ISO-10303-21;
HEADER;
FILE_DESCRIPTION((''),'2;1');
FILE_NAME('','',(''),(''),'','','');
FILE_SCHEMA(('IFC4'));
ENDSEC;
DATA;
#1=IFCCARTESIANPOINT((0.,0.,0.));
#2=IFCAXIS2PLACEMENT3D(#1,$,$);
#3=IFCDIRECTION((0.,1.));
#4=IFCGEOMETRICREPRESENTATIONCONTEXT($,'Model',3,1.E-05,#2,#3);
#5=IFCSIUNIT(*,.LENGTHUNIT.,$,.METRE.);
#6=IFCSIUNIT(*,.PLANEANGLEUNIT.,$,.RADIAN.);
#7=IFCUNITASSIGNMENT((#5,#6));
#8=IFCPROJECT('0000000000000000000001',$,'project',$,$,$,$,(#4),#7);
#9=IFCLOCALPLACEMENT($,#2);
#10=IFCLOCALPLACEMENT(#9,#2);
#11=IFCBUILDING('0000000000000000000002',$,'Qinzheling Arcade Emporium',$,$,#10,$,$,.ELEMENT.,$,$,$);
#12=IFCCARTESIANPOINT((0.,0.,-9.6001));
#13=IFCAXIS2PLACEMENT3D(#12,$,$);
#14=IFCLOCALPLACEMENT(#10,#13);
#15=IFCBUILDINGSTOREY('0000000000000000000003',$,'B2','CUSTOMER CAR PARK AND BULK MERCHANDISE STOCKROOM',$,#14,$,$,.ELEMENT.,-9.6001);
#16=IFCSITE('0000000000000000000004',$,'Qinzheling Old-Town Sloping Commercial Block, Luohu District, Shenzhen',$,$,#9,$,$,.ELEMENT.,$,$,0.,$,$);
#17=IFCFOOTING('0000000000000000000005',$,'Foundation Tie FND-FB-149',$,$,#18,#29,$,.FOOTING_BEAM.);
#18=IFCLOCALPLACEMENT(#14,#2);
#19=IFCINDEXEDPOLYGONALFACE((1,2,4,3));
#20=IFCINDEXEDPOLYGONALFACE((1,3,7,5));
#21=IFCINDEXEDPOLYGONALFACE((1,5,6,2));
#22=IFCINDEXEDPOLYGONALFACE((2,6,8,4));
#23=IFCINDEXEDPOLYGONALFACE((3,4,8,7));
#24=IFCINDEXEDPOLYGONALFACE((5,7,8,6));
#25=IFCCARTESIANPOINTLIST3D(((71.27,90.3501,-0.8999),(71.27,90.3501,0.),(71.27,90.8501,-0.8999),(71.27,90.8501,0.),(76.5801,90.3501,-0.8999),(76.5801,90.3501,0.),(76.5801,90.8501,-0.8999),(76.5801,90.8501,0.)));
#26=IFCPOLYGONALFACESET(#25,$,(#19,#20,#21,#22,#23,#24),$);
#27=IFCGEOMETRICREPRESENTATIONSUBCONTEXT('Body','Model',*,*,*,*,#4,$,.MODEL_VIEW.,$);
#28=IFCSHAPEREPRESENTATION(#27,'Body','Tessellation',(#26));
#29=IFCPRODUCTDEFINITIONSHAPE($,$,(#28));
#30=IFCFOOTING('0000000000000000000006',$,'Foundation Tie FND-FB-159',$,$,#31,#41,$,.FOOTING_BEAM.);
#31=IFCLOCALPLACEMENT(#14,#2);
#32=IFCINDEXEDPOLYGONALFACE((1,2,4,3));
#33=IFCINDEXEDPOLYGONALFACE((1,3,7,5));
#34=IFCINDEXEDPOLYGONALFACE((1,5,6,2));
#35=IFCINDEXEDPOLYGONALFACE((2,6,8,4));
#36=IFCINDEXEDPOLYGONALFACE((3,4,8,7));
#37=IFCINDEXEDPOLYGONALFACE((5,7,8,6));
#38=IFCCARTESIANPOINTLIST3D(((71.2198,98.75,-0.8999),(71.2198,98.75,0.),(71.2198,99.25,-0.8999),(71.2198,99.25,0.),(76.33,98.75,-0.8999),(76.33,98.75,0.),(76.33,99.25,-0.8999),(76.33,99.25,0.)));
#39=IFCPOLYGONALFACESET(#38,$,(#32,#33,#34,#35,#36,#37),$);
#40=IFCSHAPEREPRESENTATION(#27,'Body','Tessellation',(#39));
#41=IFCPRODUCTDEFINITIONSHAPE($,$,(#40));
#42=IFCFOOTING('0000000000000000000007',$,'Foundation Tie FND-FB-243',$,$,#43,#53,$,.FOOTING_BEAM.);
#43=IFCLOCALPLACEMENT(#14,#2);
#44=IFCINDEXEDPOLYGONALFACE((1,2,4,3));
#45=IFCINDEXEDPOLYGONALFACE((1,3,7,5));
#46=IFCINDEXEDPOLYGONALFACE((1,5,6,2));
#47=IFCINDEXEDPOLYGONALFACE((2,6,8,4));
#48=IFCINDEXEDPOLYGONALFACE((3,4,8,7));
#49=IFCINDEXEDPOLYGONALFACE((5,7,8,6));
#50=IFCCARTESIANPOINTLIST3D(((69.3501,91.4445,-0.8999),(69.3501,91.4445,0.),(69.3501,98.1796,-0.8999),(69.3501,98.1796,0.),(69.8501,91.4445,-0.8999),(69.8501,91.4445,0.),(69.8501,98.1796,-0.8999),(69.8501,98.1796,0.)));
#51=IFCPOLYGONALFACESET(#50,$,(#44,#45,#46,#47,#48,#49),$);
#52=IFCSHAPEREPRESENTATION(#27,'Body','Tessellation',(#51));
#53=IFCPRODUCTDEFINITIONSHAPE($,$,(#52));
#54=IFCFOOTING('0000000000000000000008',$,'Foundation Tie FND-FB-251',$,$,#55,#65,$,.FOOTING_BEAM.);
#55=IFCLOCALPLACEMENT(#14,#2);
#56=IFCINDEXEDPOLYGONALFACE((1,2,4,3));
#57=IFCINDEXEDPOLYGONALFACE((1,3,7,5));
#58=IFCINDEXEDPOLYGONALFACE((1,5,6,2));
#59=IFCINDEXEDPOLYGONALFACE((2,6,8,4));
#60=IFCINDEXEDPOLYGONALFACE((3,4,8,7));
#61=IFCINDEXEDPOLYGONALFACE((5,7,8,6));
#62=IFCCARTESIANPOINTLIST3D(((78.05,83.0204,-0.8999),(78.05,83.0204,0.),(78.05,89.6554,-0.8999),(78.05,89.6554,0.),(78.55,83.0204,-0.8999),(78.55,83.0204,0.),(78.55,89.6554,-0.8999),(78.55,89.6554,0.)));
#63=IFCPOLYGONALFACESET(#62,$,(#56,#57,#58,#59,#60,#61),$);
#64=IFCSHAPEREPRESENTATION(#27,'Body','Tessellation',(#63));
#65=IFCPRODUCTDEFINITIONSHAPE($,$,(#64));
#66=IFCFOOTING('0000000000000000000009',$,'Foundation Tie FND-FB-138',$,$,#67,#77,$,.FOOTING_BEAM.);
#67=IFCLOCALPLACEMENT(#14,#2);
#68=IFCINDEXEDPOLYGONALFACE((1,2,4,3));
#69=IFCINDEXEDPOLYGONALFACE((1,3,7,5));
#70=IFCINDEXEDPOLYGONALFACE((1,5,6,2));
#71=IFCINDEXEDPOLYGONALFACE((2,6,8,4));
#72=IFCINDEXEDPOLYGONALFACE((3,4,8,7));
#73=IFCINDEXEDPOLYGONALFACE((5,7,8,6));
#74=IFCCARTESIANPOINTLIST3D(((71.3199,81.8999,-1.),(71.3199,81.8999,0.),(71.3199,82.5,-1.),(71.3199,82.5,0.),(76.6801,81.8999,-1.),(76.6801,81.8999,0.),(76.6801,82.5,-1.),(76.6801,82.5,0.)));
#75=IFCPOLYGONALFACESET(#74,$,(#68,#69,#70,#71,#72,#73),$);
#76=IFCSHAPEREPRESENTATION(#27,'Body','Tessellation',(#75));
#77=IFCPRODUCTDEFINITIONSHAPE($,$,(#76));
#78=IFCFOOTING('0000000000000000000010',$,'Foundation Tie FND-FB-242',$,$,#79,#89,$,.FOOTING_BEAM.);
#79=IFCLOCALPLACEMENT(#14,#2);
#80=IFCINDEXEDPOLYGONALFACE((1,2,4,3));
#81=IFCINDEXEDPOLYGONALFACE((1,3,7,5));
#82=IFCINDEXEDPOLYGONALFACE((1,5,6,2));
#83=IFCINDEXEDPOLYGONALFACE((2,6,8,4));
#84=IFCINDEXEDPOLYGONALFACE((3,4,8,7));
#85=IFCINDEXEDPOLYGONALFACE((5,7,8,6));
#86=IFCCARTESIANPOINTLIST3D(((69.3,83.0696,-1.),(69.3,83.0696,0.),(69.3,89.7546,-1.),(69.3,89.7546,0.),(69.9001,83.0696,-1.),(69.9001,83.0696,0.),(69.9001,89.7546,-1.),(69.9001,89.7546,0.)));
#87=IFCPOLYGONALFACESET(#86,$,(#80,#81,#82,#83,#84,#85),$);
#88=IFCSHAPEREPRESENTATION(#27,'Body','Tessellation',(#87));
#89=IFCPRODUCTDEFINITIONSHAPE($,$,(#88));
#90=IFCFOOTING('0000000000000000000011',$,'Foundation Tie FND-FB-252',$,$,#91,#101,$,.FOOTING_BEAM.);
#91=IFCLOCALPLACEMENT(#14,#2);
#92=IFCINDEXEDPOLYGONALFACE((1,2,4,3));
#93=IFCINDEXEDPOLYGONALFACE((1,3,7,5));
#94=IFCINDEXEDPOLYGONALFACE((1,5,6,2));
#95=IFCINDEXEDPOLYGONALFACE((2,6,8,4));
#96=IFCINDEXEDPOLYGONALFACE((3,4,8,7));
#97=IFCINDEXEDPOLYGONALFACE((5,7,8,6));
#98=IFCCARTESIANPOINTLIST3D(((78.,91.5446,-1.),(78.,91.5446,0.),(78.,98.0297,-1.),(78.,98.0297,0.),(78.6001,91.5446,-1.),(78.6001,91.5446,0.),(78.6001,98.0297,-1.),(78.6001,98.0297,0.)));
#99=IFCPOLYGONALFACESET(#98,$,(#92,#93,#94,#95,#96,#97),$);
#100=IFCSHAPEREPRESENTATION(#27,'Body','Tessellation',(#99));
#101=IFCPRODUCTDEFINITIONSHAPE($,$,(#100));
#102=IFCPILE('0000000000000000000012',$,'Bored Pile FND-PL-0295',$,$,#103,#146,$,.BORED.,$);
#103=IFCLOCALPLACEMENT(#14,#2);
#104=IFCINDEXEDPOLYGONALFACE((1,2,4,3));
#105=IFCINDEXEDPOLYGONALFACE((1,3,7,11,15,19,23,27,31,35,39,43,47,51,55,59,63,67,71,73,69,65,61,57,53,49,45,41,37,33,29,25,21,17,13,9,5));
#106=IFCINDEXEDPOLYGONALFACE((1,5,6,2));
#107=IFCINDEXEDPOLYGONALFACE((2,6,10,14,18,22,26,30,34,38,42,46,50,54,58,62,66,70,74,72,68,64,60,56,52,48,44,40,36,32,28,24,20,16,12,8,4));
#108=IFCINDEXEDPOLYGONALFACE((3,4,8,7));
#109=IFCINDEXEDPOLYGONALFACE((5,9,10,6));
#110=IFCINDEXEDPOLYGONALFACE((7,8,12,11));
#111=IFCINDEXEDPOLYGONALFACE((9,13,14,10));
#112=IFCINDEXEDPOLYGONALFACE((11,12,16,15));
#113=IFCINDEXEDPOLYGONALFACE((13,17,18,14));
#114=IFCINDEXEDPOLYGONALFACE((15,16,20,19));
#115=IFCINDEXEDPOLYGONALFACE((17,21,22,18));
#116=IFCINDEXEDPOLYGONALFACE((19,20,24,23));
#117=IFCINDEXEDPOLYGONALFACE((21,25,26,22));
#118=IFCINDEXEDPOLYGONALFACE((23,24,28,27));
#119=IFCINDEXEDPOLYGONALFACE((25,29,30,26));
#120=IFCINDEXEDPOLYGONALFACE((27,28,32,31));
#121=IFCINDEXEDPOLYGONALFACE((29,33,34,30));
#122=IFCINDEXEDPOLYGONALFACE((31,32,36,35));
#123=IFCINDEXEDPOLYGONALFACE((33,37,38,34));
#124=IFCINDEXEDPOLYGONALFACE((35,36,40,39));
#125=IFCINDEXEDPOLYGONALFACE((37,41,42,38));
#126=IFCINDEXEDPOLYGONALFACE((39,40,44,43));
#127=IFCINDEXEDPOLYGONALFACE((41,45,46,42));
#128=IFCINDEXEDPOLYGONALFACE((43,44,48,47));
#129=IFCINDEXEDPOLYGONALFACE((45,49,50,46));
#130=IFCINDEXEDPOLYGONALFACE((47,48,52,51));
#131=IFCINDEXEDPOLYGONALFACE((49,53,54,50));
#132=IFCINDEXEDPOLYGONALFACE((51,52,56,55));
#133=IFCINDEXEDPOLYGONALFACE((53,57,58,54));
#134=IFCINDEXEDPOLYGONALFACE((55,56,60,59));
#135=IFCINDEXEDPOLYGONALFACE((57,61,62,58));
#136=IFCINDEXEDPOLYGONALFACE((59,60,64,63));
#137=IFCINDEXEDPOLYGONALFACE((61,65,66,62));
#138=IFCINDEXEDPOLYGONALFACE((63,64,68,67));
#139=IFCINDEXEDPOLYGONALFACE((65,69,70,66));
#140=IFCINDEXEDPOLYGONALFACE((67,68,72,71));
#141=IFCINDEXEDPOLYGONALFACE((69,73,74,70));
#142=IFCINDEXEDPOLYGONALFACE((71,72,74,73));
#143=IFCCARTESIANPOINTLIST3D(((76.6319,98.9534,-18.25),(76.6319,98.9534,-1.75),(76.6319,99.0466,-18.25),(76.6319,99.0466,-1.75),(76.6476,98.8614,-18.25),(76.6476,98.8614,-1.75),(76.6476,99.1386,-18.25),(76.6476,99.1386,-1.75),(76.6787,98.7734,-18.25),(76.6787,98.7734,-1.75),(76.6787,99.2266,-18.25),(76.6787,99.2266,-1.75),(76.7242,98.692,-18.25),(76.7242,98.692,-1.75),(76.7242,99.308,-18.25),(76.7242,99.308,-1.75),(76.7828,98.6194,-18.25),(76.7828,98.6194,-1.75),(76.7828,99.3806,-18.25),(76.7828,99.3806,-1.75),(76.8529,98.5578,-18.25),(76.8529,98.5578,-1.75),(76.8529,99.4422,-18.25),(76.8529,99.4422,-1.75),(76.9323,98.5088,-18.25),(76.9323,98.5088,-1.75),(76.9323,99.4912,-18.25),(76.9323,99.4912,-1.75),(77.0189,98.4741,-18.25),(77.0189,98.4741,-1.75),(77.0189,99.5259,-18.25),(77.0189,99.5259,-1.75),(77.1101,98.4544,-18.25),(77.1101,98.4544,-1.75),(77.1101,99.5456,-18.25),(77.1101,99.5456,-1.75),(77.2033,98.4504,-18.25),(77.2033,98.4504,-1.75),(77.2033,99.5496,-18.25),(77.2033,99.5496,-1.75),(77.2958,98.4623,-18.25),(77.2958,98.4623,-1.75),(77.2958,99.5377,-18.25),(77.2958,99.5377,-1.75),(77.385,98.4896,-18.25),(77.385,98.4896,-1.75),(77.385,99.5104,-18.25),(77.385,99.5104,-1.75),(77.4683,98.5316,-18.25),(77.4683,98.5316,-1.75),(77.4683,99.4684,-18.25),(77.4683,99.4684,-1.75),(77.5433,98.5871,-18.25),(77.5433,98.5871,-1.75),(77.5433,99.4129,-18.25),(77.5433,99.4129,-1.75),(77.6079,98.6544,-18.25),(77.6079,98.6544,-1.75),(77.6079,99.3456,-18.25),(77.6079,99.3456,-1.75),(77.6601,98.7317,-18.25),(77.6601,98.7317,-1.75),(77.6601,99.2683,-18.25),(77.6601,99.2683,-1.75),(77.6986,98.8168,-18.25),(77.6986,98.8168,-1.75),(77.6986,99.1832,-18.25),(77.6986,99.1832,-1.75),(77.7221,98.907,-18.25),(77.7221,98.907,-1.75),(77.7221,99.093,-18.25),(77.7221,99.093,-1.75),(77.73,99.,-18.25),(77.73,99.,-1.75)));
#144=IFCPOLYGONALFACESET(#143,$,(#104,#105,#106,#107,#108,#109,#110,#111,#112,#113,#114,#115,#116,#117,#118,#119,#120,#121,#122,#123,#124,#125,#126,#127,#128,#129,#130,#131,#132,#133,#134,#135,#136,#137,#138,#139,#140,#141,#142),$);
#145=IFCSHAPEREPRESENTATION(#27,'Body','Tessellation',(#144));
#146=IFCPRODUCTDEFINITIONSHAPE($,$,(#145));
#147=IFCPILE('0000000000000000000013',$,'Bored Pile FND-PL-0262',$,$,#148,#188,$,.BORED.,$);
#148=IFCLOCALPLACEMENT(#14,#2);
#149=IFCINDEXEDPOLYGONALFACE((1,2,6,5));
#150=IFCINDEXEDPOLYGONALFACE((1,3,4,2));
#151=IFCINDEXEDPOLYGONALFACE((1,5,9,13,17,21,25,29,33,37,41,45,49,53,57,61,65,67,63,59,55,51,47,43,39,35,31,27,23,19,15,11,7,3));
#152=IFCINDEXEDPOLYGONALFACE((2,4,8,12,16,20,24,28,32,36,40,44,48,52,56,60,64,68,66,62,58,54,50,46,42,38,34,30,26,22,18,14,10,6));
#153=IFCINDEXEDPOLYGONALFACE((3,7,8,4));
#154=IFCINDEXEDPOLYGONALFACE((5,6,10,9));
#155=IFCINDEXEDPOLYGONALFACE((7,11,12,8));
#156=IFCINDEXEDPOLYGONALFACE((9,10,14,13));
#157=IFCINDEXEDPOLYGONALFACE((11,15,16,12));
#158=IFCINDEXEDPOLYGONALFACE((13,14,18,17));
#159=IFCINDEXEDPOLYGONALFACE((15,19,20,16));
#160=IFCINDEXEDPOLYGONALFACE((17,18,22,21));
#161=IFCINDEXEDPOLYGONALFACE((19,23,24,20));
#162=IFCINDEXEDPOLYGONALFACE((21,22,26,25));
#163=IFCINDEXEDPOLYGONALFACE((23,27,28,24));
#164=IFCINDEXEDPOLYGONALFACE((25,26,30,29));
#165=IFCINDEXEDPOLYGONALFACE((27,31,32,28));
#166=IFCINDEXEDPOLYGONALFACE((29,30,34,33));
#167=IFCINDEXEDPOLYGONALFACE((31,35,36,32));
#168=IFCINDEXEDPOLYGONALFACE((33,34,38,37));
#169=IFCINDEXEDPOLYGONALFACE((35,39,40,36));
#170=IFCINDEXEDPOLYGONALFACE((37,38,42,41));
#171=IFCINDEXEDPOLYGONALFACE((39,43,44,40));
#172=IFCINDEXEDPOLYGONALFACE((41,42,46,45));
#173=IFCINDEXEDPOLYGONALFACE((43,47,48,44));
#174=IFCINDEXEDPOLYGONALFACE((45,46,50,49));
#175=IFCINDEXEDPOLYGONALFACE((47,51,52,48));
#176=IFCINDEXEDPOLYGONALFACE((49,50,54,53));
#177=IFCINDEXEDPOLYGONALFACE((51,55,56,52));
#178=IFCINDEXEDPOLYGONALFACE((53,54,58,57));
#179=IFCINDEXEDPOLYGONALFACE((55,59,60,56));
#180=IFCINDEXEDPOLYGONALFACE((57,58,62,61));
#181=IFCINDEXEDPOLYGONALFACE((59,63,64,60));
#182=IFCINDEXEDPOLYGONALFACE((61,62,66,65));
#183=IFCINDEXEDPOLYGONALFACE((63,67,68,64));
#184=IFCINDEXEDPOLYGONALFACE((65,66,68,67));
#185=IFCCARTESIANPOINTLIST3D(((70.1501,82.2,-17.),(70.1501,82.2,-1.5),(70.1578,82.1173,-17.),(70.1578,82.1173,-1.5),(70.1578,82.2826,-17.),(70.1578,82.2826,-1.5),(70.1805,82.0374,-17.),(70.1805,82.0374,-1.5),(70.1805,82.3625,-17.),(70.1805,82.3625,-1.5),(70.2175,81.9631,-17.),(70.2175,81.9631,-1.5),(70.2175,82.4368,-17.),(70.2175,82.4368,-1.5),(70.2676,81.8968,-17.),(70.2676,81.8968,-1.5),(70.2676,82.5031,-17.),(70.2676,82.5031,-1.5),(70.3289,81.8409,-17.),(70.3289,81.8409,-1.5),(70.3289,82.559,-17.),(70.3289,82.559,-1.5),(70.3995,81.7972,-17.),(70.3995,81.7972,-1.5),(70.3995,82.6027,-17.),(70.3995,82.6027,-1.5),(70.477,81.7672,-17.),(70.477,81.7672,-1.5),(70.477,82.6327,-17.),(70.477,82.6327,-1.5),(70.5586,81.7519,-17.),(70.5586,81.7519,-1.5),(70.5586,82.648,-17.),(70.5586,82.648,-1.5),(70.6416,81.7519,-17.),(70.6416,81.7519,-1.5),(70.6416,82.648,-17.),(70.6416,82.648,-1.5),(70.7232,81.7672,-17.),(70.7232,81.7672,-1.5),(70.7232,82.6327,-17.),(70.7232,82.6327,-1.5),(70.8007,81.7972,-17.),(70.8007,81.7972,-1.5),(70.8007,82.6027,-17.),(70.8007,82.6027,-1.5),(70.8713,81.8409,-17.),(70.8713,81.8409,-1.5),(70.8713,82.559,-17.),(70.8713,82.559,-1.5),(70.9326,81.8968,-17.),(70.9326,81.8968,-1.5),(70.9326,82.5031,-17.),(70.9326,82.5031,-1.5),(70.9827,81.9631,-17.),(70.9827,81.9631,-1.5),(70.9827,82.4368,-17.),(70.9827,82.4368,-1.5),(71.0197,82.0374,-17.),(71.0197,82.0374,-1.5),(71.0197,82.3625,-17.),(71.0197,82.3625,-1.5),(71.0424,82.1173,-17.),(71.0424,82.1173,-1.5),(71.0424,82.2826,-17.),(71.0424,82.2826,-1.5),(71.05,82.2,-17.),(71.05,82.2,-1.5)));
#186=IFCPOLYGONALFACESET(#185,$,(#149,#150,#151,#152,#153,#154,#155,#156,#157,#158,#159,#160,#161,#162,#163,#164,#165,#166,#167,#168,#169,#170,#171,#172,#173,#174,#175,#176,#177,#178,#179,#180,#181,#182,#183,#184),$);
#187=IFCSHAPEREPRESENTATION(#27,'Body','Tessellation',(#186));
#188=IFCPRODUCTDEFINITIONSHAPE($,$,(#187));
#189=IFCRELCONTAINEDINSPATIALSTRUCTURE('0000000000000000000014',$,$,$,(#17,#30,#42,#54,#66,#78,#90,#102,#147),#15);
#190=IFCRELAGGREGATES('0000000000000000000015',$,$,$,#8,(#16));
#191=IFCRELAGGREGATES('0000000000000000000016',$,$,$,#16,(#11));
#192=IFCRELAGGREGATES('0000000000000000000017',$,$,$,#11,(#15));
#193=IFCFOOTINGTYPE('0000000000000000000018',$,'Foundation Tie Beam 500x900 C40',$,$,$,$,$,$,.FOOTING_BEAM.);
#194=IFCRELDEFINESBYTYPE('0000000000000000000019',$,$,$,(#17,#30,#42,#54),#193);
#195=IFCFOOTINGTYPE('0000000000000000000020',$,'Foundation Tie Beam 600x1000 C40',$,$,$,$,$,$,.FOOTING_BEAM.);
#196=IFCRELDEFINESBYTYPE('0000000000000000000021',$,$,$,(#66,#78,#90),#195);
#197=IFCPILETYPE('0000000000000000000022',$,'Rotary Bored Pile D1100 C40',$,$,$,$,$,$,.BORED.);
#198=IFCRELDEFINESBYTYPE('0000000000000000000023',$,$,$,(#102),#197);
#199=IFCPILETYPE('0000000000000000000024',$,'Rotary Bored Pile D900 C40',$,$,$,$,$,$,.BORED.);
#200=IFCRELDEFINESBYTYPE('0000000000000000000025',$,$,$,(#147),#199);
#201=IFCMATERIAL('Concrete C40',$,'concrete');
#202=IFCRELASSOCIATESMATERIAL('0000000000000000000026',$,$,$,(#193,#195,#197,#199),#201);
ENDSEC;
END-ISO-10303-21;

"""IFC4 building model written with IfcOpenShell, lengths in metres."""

from ifc_helpers import new_model, si_unit, direction, frame, origin, origin_2d, place, context, subcontext, project, spatial, rectangle, circle, extrude, material, material_profile, profile_set, type_object, element, save


model = new_model("IFC4")

# Units and contexts
model_context = context("Model", 3, precision=1e-05, world=origin(), true_north=direction((0.0, 1.0)))
body_context = subcontext(model_context, "Body", "Model", "MODEL_VIEW")
ifc_project = project(units=[si_unit("LENGTHUNIT", "METRE"), si_unit("PLANEANGLEUNIT", "RADIAN")], contexts=[model_context])

# Site, building, storey
site_placement = place(None, origin())
site = spatial("IfcSite", under=ifc_project, at=site_placement, Name="Qinzheling Old-Town Sloping Commercial Block, Luohu District, Shenzhen", CompositionType="ELEMENT", RefElevation=0.0)
building_placement = place(site_placement, origin())
building = spatial("IfcBuilding", under=site, at=building_placement, Name="Qinzheling Arcade Emporium", CompositionType="ELEMENT")
storey_placement = place(building_placement, frame((0.0, 0.0, -9.6001)))
storey = spatial("IfcBuildingStorey", under=building, at=storey_placement, Name="B2", Description="CUSTOMER CAR PARK AND BULK MERCHANDISE STOCKROOM", CompositionType="ELEMENT", Elevation=-9.6001)

# Footings
ifc_material_1 = material(Name="Concrete C40", Category="concrete")
footing_type_1 = type_object("IfcFootingType", Name="Foundation Tie Beam 500x900 C40", PredefinedType="FOOTING_BEAM", material=ifc_material_1)
footing_1_placement = place(storey_placement, frame((73.925, 90.6001, -0.8999), z_axis=(0.0, 0.0, 1.0), x_axis=(1.0, 0.0, 0.0)))
element("IfcFooting", 1, at=footing_1_placement, inside=storey, type_object=footing_type_1, Name="Foundation Tie FND-FB-149", PredefinedType="FOOTING_BEAM", context=body_context, shape_type="SweptSolid", body=[
    extrude(rectangle(XDim=5.3101, YDim=0.5, at=origin_2d()), origin(), (0.0, 0.0, 1.0), 0.8999),
])
footing_2_placement = place(storey_placement, frame((73.7749, 99.0, -0.8999), z_axis=(0.0, 0.0, 1.0), x_axis=(1.0, 0.0, 0.0)))
element("IfcFooting", 2, at=footing_2_placement, inside=storey, type_object=footing_type_1, Name="Foundation Tie FND-FB-159", PredefinedType="FOOTING_BEAM", context=body_context, shape_type="SweptSolid", body=[
    extrude(rectangle(XDim=5.1101, YDim=0.5, at=origin_2d()), origin(), (0.0, 0.0, 1.0), 0.8999),
])
footing_3_placement = place(storey_placement, frame((69.6001, 94.812, -0.8999), z_axis=(0.0, 0.0, 1.0), x_axis=(1.0, 0.0, 0.0)))
element("IfcFooting", 3, at=footing_3_placement, inside=storey, type_object=footing_type_1, Name="Foundation Tie FND-FB-243", PredefinedType="FOOTING_BEAM", context=body_context, shape_type="SweptSolid", body=[
    extrude(rectangle(XDim=0.5, YDim=6.7351, at=origin_2d()), origin(), (0.0, 0.0, 1.0), 0.8999),
])
footing_4_placement = place(storey_placement, frame((78.3, 86.3379, -0.8999), z_axis=(0.0, 0.0, 1.0), x_axis=(1.0, 0.0, 0.0)))
element("IfcFooting", 4, at=footing_4_placement, inside=storey, type_object=footing_type_1, Name="Foundation Tie FND-FB-251", PredefinedType="FOOTING_BEAM", context=body_context, shape_type="SweptSolid", body=[
    extrude(rectangle(XDim=0.5, YDim=6.635, at=origin_2d()), origin(), (0.0, 0.0, 1.0), 0.8999),
])
footing_type_2 = type_object("IfcFootingType", Name="Foundation Tie Beam 600x1000 C40", PredefinedType="FOOTING_BEAM", material=ifc_material_1)
footing_5_placement = place(storey_placement, frame((74.0, 82.2, -1.0), z_axis=(0.0, 0.0, 1.0), x_axis=(1.0, 0.0, 0.0)))
element("IfcFooting", 5, at=footing_5_placement, inside=storey, type_object=footing_type_2, Name="Foundation Tie FND-FB-138", PredefinedType="FOOTING_BEAM", context=body_context, shape_type="SweptSolid", body=[
    extrude(rectangle(XDim=5.3601, YDim=0.6001, at=origin_2d()), origin(), (0.0, 0.0, 1.0), 1.0),
])
footing_6_placement = place(storey_placement, frame((69.6001, 86.4121, -1.0), z_axis=(0.0, 0.0, 1.0), x_axis=(1.0, 0.0, 0.0)))
element("IfcFooting", 6, at=footing_6_placement, inside=storey, type_object=footing_type_2, Name="Foundation Tie FND-FB-242", PredefinedType="FOOTING_BEAM", context=body_context, shape_type="SweptSolid", body=[
    extrude(rectangle(XDim=0.6001, YDim=6.6851, at=origin_2d()), origin(), (0.0, 0.0, 1.0), 1.0),
])
footing_7_placement = place(storey_placement, frame((78.3, 94.7871, -1.0), z_axis=(0.0, 0.0, 1.0), x_axis=(1.0, 0.0, 0.0)))
element("IfcFooting", 7, at=footing_7_placement, inside=storey, type_object=footing_type_2, Name="Foundation Tie FND-FB-252", PredefinedType="FOOTING_BEAM", context=body_context, shape_type="SweptSolid", body=[
    extrude(rectangle(XDim=0.6001, YDim=6.4851, at=origin_2d()), origin(), (0.0, 0.0, 1.0), 1.0),
])

# Piles
ifc_material_profile_1 = material_profile(ifc_material_1, circle(Radius=0.55, at=origin_2d()), Name="BORED D1100", Category="concrete")
ifc_profile_set_1 = profile_set([ifc_material_profile_1], Name="Concrete C40")
pile_type_1 = type_object("IfcPileType", Name="Rotary Bored Pile D1100 C40", PredefinedType="BORED", material=ifc_profile_set_1)
pile_1_placement = place(storey_placement, frame((77.1799, 99.0, -1.75), z_axis=(0.0, 0.0, -1.0), x_axis=(1.0, 0.0, 0.0)))
element("IfcPile", 8, at=pile_1_placement, inside=storey, type_object=pile_type_1, Name="Bored Pile FND-PL-0295", PredefinedType="BORED", context=body_context, shape_type="SweptSolid", body=[
    extrude(circle(Radius=0.55, at=origin_2d()), origin(), (0.0, 0.0, 1.0), 16.5),
])
ifc_material_profile_2 = material_profile(ifc_material_1, circle(Radius=0.45, at=origin_2d()), Name="BORED D900", Category="concrete")
ifc_profile_set_2 = profile_set([ifc_material_profile_2], Name="Concrete C40")
pile_type_2 = type_object("IfcPileType", Name="Rotary Bored Pile D900 C40", PredefinedType="BORED", material=ifc_profile_set_2)
pile_2_placement = place(storey_placement, frame((70.6001, 82.2, -1.5), z_axis=(0.0, 0.0, -1.0), x_axis=(1.0, 0.0, 0.0)))
element("IfcPile", 9, at=pile_2_placement, inside=storey, type_object=pile_type_2, Name="Bored Pile FND-PL-0262", PredefinedType="BORED", context=body_context, shape_type="SweptSolid", body=[
    extrude(circle(Radius=0.45, at=origin_2d()), origin(), (0.0, 0.0, 1.0), 15.5),
])

save(model, "model.ifc")
